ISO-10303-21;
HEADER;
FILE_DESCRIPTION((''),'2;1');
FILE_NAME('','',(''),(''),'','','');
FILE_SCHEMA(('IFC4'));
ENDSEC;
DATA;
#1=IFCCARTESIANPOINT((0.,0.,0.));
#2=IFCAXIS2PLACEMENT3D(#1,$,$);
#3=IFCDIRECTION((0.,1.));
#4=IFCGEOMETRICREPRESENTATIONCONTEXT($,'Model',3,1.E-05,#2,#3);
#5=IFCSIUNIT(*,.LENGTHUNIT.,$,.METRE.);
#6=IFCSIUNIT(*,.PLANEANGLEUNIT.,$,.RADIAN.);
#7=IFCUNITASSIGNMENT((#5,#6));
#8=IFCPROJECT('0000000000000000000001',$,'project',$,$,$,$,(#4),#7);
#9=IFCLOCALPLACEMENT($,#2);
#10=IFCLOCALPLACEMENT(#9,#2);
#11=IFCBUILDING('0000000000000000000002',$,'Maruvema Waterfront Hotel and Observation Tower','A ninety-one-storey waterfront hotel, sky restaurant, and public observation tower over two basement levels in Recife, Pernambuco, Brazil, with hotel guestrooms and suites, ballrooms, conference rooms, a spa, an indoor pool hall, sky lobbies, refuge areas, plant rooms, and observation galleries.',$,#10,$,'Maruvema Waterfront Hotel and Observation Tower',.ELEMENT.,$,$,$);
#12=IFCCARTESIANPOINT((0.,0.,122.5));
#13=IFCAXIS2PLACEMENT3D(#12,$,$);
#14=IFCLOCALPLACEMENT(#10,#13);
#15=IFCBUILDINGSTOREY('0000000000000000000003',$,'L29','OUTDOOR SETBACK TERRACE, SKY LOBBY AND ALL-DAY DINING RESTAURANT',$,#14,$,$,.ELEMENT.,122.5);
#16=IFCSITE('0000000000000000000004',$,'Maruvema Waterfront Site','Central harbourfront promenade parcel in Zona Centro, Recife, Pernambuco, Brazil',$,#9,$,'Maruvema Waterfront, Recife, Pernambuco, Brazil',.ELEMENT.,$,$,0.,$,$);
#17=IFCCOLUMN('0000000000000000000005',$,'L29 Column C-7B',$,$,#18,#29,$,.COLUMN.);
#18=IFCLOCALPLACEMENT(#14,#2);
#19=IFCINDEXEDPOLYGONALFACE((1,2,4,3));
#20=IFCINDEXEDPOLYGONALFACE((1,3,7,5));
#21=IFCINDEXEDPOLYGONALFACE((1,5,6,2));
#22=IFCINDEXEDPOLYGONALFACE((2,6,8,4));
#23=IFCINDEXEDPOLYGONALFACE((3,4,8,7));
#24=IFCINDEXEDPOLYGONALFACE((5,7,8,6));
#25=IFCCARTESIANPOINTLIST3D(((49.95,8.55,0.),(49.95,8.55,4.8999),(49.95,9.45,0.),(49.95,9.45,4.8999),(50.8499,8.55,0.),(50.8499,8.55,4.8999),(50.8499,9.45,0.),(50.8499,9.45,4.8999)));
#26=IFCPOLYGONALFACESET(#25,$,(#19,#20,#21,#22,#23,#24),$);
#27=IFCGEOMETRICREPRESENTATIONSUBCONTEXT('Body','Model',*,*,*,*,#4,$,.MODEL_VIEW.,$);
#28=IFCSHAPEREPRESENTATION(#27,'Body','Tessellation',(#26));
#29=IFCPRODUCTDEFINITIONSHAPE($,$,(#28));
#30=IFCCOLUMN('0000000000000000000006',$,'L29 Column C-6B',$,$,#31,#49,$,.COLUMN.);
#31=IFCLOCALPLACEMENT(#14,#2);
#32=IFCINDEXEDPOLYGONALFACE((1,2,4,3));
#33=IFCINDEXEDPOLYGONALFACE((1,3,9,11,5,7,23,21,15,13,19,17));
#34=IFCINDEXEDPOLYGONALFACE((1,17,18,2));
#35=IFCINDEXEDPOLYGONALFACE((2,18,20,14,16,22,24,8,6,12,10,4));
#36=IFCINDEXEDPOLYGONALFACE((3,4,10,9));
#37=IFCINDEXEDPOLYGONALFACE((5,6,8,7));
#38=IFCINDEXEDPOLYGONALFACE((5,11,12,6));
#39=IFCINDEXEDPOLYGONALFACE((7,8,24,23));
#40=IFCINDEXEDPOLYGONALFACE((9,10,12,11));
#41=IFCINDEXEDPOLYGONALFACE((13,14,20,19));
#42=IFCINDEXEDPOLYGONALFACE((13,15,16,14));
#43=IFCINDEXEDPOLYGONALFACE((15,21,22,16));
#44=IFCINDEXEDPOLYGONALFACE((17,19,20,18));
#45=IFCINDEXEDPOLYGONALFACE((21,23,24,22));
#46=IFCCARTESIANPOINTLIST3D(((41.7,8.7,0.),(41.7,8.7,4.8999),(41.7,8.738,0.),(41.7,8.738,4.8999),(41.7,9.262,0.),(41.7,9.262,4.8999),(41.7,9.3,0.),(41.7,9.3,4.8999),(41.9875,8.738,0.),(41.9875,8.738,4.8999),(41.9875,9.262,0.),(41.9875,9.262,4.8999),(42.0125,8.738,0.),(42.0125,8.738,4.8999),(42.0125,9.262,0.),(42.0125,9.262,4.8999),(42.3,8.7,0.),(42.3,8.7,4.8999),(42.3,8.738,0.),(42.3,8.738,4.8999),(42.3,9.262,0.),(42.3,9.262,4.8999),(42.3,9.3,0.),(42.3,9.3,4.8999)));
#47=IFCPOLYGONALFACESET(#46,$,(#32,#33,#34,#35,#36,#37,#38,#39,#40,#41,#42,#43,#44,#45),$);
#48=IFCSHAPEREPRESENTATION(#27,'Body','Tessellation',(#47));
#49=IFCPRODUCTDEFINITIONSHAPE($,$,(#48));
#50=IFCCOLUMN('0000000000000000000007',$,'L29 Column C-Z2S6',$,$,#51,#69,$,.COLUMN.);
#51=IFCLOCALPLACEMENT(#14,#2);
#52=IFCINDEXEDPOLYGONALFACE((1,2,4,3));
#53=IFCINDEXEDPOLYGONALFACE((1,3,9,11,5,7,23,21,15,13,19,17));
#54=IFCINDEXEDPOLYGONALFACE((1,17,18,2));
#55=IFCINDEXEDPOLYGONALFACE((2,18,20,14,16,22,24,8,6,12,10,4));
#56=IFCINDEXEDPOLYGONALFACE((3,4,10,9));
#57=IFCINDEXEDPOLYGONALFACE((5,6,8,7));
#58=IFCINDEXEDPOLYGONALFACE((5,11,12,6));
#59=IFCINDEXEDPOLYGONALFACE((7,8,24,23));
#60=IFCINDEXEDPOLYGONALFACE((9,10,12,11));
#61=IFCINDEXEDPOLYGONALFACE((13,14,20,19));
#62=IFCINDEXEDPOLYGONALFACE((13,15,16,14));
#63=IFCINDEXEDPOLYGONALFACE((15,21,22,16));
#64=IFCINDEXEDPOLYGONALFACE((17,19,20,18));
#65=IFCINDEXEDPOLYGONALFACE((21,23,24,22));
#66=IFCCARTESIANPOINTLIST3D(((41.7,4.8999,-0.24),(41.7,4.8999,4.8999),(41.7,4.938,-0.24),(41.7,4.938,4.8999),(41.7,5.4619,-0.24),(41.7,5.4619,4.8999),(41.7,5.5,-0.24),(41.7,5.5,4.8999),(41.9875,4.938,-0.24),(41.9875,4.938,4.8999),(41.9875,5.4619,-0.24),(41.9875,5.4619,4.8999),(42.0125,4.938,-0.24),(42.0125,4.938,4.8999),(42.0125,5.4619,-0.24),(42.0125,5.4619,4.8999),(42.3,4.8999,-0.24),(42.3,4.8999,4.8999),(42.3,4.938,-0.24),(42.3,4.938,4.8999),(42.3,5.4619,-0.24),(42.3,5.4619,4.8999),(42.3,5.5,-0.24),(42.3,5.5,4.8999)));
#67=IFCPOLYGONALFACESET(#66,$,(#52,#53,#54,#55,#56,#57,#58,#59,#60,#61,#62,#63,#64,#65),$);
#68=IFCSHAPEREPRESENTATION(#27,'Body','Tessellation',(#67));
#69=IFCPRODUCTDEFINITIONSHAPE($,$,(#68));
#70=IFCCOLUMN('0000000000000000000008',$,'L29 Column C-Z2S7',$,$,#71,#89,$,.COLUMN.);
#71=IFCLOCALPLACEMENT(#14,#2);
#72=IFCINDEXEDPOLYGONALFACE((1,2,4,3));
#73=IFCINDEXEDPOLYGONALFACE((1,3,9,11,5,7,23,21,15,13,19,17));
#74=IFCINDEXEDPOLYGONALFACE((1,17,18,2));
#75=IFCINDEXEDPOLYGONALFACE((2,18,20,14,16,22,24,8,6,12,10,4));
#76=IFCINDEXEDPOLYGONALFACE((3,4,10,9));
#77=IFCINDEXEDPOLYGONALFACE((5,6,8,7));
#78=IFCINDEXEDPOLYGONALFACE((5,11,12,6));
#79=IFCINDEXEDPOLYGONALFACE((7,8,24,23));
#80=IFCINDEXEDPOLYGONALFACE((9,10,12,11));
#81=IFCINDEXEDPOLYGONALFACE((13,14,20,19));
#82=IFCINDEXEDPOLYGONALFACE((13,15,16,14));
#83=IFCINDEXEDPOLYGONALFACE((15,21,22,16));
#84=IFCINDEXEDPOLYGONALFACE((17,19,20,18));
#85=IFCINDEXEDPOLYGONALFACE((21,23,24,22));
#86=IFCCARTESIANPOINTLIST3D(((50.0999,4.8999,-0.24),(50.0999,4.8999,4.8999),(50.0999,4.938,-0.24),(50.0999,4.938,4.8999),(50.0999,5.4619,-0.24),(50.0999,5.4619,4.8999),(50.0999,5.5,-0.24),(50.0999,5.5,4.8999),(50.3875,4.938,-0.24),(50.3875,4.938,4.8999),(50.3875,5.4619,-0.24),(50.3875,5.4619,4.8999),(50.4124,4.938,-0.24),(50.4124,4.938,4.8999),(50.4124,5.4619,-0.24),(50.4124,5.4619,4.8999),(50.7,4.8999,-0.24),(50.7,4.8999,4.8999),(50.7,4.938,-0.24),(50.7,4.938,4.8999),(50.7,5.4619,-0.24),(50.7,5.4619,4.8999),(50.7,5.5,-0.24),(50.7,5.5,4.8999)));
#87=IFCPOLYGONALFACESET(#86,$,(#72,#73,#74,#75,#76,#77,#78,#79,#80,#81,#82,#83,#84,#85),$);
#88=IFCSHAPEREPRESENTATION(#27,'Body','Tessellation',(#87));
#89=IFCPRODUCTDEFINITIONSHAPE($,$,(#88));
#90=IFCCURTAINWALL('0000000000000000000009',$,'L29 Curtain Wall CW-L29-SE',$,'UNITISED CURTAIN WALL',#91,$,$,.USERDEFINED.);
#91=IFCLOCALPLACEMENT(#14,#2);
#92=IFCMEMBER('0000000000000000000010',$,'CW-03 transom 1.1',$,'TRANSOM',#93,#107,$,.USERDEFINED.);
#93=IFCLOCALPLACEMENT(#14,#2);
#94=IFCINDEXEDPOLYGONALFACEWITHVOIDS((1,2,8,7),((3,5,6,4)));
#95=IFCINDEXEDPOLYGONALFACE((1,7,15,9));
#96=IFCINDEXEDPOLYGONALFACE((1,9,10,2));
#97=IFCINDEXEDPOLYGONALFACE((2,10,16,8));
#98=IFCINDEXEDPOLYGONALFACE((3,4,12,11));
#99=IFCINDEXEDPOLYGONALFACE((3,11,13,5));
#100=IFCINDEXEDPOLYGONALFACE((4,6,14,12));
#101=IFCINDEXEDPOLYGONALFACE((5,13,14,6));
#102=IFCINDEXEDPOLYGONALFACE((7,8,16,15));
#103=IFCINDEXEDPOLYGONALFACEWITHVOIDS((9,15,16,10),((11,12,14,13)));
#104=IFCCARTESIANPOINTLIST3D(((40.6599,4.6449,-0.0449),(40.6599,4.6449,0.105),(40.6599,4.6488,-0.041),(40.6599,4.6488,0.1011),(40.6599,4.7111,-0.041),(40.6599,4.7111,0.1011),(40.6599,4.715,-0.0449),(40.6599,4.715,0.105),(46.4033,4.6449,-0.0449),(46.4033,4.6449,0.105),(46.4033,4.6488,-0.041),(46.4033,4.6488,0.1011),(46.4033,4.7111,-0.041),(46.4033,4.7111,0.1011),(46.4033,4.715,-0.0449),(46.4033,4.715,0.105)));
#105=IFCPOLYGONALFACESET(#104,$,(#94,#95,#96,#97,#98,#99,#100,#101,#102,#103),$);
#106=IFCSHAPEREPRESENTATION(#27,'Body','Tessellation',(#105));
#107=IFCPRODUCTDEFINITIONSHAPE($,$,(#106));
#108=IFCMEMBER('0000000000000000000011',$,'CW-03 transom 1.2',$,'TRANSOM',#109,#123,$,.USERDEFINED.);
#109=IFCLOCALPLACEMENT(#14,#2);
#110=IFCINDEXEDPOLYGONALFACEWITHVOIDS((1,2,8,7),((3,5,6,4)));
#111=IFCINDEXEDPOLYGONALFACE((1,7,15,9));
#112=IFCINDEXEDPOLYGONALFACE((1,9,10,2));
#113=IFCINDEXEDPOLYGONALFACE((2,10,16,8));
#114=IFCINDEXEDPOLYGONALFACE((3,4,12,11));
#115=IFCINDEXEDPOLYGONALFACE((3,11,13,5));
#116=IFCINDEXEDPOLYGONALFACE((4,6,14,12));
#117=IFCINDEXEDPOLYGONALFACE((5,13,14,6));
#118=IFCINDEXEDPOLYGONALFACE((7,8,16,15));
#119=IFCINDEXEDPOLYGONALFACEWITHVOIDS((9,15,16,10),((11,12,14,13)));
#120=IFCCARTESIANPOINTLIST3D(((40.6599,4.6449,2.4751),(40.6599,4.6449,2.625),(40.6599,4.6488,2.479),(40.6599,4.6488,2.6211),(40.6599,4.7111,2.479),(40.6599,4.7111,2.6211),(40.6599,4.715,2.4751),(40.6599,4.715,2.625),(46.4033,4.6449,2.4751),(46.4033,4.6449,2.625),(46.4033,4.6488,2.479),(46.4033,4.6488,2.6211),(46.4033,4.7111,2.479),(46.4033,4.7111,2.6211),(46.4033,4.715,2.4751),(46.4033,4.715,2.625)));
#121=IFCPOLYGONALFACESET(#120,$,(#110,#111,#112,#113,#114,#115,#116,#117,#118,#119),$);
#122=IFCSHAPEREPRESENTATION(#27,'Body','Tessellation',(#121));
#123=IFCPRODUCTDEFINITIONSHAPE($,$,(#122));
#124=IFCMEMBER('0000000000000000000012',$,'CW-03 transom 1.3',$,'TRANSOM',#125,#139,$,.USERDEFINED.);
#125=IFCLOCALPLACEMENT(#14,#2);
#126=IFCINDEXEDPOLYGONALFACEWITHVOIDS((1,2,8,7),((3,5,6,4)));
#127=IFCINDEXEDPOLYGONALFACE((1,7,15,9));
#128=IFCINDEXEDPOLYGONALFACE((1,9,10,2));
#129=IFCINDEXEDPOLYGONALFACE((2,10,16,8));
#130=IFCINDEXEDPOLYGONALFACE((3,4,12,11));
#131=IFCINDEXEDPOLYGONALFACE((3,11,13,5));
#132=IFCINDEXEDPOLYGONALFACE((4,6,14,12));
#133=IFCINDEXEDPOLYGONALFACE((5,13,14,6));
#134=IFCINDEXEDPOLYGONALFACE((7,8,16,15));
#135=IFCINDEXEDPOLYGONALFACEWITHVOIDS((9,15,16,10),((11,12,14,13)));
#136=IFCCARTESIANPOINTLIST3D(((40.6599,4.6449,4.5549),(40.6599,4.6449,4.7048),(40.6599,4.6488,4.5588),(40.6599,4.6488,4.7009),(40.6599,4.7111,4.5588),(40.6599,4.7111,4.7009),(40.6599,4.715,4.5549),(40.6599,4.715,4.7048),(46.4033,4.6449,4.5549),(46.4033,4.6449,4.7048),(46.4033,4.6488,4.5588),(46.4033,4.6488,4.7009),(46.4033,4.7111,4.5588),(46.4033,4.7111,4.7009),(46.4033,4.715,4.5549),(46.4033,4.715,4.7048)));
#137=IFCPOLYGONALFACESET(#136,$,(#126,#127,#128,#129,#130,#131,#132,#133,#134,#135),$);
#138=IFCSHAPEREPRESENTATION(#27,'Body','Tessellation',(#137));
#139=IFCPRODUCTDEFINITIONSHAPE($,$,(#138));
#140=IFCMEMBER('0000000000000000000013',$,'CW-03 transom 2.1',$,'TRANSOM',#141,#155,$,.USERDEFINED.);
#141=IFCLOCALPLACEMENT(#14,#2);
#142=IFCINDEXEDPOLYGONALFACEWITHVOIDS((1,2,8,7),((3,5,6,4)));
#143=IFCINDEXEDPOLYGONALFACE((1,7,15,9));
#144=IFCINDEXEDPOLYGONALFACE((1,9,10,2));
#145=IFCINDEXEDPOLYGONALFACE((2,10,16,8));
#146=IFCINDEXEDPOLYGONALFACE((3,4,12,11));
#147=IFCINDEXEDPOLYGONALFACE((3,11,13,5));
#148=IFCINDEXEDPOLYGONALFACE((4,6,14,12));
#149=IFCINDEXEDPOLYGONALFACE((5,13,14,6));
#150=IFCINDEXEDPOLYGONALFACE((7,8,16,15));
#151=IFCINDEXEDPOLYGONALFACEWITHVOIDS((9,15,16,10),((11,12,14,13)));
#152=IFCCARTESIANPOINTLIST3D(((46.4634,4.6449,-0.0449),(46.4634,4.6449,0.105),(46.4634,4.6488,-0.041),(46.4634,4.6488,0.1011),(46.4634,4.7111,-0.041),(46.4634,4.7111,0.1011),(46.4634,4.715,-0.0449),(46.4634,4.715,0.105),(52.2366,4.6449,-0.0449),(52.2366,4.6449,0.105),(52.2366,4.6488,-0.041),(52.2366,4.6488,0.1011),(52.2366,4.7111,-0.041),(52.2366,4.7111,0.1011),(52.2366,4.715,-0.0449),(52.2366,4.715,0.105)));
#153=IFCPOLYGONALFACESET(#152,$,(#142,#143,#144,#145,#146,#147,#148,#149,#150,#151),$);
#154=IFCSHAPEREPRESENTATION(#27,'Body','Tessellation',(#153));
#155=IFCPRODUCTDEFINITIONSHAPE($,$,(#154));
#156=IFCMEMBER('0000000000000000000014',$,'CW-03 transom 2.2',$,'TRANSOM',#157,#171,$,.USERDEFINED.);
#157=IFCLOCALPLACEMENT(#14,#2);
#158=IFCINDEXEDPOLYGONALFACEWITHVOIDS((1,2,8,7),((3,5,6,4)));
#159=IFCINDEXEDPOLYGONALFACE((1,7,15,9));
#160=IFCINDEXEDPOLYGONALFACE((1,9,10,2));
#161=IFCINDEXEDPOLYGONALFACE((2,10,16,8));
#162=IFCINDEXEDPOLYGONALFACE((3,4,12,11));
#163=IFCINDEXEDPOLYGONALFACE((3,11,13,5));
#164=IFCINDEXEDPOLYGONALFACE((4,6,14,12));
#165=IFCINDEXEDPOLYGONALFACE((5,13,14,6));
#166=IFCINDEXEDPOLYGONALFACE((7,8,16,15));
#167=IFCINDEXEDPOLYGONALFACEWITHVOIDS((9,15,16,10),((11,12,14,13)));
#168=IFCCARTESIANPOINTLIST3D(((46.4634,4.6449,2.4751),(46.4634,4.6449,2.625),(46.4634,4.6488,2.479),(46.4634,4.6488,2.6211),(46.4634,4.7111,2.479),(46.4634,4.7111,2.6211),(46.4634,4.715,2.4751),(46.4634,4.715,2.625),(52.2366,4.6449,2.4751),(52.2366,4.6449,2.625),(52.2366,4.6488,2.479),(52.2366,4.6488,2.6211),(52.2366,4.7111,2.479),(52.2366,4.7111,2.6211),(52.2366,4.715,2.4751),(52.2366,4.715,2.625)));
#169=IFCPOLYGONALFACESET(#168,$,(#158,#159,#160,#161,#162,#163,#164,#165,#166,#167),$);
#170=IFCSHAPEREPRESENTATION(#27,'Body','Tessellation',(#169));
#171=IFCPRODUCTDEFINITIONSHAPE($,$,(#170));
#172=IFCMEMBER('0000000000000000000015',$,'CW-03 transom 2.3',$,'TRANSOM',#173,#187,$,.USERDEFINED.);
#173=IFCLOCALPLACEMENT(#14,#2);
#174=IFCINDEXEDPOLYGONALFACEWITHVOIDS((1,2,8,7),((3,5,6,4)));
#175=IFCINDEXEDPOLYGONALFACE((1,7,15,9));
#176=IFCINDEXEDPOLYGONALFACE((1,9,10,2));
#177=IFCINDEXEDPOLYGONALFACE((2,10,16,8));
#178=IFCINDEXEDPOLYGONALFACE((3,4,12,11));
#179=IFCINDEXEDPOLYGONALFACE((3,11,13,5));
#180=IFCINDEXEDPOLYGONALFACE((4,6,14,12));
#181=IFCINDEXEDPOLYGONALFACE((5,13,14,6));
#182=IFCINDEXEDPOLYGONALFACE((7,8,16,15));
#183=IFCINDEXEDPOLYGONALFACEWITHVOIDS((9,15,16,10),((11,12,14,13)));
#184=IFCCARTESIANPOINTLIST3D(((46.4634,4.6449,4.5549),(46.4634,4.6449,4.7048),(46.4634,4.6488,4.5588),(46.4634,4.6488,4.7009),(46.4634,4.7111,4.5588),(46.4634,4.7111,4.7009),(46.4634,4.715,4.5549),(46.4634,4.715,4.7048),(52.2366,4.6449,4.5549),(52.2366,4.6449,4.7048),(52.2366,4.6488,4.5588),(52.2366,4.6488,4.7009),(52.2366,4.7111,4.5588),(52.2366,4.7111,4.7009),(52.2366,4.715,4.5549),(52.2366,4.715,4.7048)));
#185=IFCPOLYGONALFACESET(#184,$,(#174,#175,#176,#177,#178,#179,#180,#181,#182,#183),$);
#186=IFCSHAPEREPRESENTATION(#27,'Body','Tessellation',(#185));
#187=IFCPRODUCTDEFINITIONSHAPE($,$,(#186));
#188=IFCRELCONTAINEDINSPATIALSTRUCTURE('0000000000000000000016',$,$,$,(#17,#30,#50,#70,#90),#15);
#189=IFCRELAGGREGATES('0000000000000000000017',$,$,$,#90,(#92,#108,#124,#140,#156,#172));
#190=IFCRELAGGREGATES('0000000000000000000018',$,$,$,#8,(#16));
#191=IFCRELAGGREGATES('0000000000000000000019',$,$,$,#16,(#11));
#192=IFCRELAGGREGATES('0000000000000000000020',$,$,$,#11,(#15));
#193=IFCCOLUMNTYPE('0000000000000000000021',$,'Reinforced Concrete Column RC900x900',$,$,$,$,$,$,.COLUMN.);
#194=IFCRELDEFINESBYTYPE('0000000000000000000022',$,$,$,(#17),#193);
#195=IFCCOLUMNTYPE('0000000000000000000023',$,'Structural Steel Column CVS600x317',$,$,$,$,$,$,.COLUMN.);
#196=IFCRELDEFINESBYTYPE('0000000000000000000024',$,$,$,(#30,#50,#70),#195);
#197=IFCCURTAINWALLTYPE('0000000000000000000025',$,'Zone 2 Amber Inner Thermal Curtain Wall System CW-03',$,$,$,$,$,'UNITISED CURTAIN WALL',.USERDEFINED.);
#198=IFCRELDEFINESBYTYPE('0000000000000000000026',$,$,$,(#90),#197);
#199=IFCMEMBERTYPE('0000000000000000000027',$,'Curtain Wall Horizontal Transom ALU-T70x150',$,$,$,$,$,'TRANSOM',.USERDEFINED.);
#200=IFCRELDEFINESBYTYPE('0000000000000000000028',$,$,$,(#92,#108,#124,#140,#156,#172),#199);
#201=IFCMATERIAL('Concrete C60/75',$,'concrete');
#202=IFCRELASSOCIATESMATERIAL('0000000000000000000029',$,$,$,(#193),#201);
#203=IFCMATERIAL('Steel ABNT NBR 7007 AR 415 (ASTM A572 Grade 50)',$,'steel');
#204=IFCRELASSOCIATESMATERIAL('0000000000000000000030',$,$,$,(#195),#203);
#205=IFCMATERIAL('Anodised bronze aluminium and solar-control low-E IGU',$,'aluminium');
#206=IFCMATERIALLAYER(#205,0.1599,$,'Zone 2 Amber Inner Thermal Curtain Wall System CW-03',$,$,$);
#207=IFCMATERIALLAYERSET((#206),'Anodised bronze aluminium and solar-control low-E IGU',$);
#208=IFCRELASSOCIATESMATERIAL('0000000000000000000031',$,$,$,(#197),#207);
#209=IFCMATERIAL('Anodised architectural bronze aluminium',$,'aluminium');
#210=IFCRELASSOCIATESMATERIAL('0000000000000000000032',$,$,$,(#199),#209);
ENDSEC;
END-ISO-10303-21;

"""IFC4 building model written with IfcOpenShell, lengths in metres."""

from ifc_helpers import new_model, si_unit, direction, frame, origin, origin_2d, place, context, subcontext, project, spatial, rectangle, hollow_rectangle, i_section, extrude, material, layer, layer_set, material_profile, profile_set, type_object, element, aggregate, save


model = new_model("IFC4")

# Units and contexts
model_context = context("Model", 3, precision=1e-05, world=origin(), true_north=direction((0.0, 1.0)))
body_context = subcontext(model_context, "Body", "Model", "MODEL_VIEW")
ifc_project = project(units=[si_unit("LENGTHUNIT", "METRE"), si_unit("PLANEANGLEUNIT", "RADIAN")], contexts=[model_context])

# Site, building, storey
site_placement = place(None, origin())
site = spatial("IfcSite", under=ifc_project, at=site_placement, Name="Maruvema Waterfront Site", Description="Central harbourfront promenade parcel in Zona Centro, Recife, Pernambuco, Brazil", LongName="Maruvema Waterfront, Recife, Pernambuco, Brazil", CompositionType="ELEMENT", RefElevation=0.0)
building_placement = place(site_placement, origin())
building = spatial("IfcBuilding", under=site, at=building_placement, Name="Maruvema Waterfront Hotel and Observation Tower", Description="A ninety-one-storey waterfront hotel, sky restaurant, and public observation tower over two basement levels in Recife, Pernambuco, Brazil, with hotel guestrooms and suites, ballrooms, conference rooms, a spa, an indoor pool hall, sky lobbies, refuge areas, plant rooms, and observation galleries.", LongName="Maruvema Waterfront Hotel and Observation Tower", CompositionType="ELEMENT")
storey_placement = place(building_placement, frame((0.0, 0.0, 122.5)))
storey = spatial("IfcBuildingStorey", under=building, at=storey_placement, Name="L29", Description="OUTDOOR SETBACK TERRACE, SKY LOBBY AND ALL-DAY DINING RESTAURANT", CompositionType="ELEMENT", Elevation=122.5)

# Columns
ifc_material_1 = material(Name="Concrete C60/75", Category="concrete")
ifc_material_profile_1 = material_profile(ifc_material_1, rectangle(XDim=0.8999, YDim=0.8999, at=origin_2d()), Name="RC900x900")
ifc_profile_set_1 = profile_set([ifc_material_profile_1], Name="Concrete C60/75")
column_type_1 = type_object("IfcColumnType", Name="Reinforced Concrete Column RC900x900", PredefinedType="COLUMN", material=ifc_profile_set_1)
column_1_placement = place(storey_placement, frame((50.3999, 9.0, 0.0), z_axis=(0.0, 0.0, 1.0), x_axis=(1.0, 0.0, 0.0)))
element("IfcColumn", 1, at=column_1_placement, inside=storey, type_object=column_type_1, Name="L29 Column C-7B", PredefinedType="COLUMN", context=body_context, shape_type="SweptSolid", body=[
    extrude(rectangle(XDim=0.8999, YDim=0.8999, at=origin_2d()), origin(), (0.0, 0.0, 1.0), 4.8999),
])
ifc_material_2 = material(Name="Steel ABNT NBR 7007 AR 415 (ASTM A572 Grade 50)", Category="steel")
ifc_material_profile_2 = material_profile(ifc_material_2, i_section(OverallWidth=0.6001, OverallDepth=0.6001, WebThickness=0.0249, FlangeThickness=0.0381, at=origin_2d()), Name="CVS600x317")
ifc_profile_set_2 = profile_set([ifc_material_profile_2], Name="Steel ABNT NBR 7007 AR 415 (ASTM A572 Grade 50)")
column_type_2 = type_object("IfcColumnType", Name="Structural Steel Column CVS600x317", PredefinedType="COLUMN", material=ifc_profile_set_2)
column_2_placement = place(storey_placement, frame((42.0, 9.0, 0.0), z_axis=(0.0, 0.0, 1.0), x_axis=(1.0, 0.0, 0.0)))
element("IfcColumn", 2, at=column_2_placement, inside=storey, type_object=column_type_2, Name="L29 Column C-6B", PredefinedType="COLUMN", context=body_context, shape_type="SweptSolid", body=[
    extrude(i_section(OverallWidth=0.6001, OverallDepth=0.6001, WebThickness=0.0249, FlangeThickness=0.0381, at=origin_2d()), origin(), (0.0, 0.0, 1.0), 4.8999),
])
for number, where, z_axis, x_axis, name in (
    (3, (42.0, 5.2, -0.24), (0.0, 0.0, 1.0), (1.0, 0.0, 0.0), "L29 Column C-Z2S6"),
    (4, (50.3999, 5.2, -0.24), (0.0, 0.0, 1.0), (1.0, 0.0, 0.0), "L29 Column C-Z2S7"),
):
    element("IfcColumn", number, at=place(storey_placement, frame(where, z_axis=z_axis, x_axis=x_axis)), inside=storey, type_object=column_type_2, Name=name, PredefinedType="COLUMN", context=body_context, shape_type="SweptSolid", body=[
        extrude(i_section(OverallWidth=0.6001, OverallDepth=0.6001, WebThickness=0.0249, FlangeThickness=0.0381, at=origin_2d()), origin(), (0.0, 0.0, 1.0), 5.1399),
    ])

# Curtain wall, members
ifc_material_3 = material(Name="Anodised bronze aluminium and solar-control low-E IGU", Category="aluminium")
ifc_layer_1 = layer(ifc_material_3, 0.1599, Name="Zone 2 Amber Inner Thermal Curtain Wall System CW-03")
ifc_layer_set_1 = layer_set([ifc_layer_1], Name="Anodised bronze aluminium and solar-control low-E IGU")
curtain_wall_type = type_object("IfcCurtainWallType", Name="Zone 2 Amber Inner Thermal Curtain Wall System CW-03", ElementType="UNITISED CURTAIN WALL", PredefinedType="USERDEFINED", material=ifc_layer_set_1)
curtain_wall_placement = place(storey_placement, origin())
curtain_wall = element("IfcCurtainWall", 5, at=curtain_wall_placement, inside=storey, type_object=curtain_wall_type, Name="L29 Curtain Wall CW-L29-SE", ObjectType="UNITISED CURTAIN WALL", PredefinedType="USERDEFINED")
ifc_material_4 = material(Name="Anodised architectural bronze aluminium", Category="aluminium")
ifc_material_profile_3 = material_profile(ifc_material_4, hollow_rectangle(XDim=0.0701, YDim=0.1499, WallThickness=0.0039, at=origin_2d()), Name="ALU-T70x150")
ifc_profile_set_3 = profile_set([ifc_material_profile_3], Name="Anodised architectural bronze aluminium")
member_type_1 = type_object("IfcMemberType", Name="Curtain Wall Horizontal Transom ALU-T70x150", ElementType="TRANSOM", PredefinedType="USERDEFINED", material=ifc_profile_set_3)
member_1_placement = place(storey_placement, frame((40.6599, 4.6799, 0.03), z_axis=(1.0, 0.0, 0.0), x_axis=(0.0, 1.0, 0.0)))
member_1 = element("IfcMember", 6, at=member_1_placement, type_object=member_type_1, Name="CW-03 transom 1.1", ObjectType="TRANSOM", PredefinedType="USERDEFINED", context=body_context, shape_type="SweptSolid", body=[
    extrude(hollow_rectangle(XDim=0.0701, YDim=0.1499, WallThickness=0.0039, at=origin_2d()), origin(), (0.0, 0.0, 1.0), 5.7434),
])
member_2_placement = place(storey_placement, frame((40.6599, 4.6799, 2.55), z_axis=(1.0, 0.0, 0.0), x_axis=(0.0, 1.0, 0.0)))
member_2 = element("IfcMember", 7, at=member_2_placement, type_object=member_type_1, Name="CW-03 transom 1.2", ObjectType="TRANSOM", PredefinedType="USERDEFINED", context=body_context, shape_type="SweptSolid", body=[
    extrude(hollow_rectangle(XDim=0.0701, YDim=0.1499, WallThickness=0.0039, at=origin_2d()), origin(), (0.0, 0.0, 1.0), 5.7434),
])
member_3_placement = place(storey_placement, frame((40.6599, 4.6799, 4.6299), z_axis=(1.0, 0.0, 0.0), x_axis=(0.0, 1.0, 0.0)))
member_3 = element("IfcMember", 8, at=member_3_placement, type_object=member_type_1, Name="CW-03 transom 1.3", ObjectType="TRANSOM", PredefinedType="USERDEFINED", context=body_context, shape_type="SweptSolid", body=[
    extrude(hollow_rectangle(XDim=0.0701, YDim=0.1499, WallThickness=0.0039, at=origin_2d()), origin(), (0.0, 0.0, 1.0), 5.7434),
])
member_4_placement = place(storey_placement, frame((46.4634, 4.6799, 0.03), z_axis=(1.0, 0.0, 0.0), x_axis=(0.0, 1.0, 0.0)))
member_4 = element("IfcMember", 9, at=member_4_placement, type_object=member_type_1, Name="CW-03 transom 2.1", ObjectType="TRANSOM", PredefinedType="USERDEFINED", context=body_context, shape_type="SweptSolid", body=[
    extrude(hollow_rectangle(XDim=0.0701, YDim=0.1499, WallThickness=0.0039, at=origin_2d()), origin(), (0.0, 0.0, 1.0), 5.7732),
])
member_5_placement = place(storey_placement, frame((46.4634, 4.6799, 2.55), z_axis=(1.0, 0.0, 0.0), x_axis=(0.0, 1.0, 0.0)))
member_5 = element("IfcMember", 10, at=member_5_placement, type_object=member_type_1, Name="CW-03 transom 2.2", ObjectType="TRANSOM", PredefinedType="USERDEFINED", context=body_context, shape_type="SweptSolid", body=[
    extrude(hollow_rectangle(XDim=0.0701, YDim=0.1499, WallThickness=0.0039, at=origin_2d()), origin(), (0.0, 0.0, 1.0), 5.7732),
])
member_6_placement = place(storey_placement, frame((46.4634, 4.6799, 4.6299), z_axis=(1.0, 0.0, 0.0), x_axis=(0.0, 1.0, 0.0)))
member_6 = element("IfcMember", 11, at=member_6_placement, type_object=member_type_1, Name="CW-03 transom 2.3", ObjectType="TRANSOM", PredefinedType="USERDEFINED", context=body_context, shape_type="SweptSolid", body=[
    extrude(hollow_rectangle(XDim=0.0701, YDim=0.1499, WallThickness=0.0039, at=origin_2d()), origin(), (0.0, 0.0, 1.0), 5.7732),
])

aggregate(curtain_wall, [member_1, member_2, member_3, member_4, member_5, member_6])

save(model, "model.ifc")
